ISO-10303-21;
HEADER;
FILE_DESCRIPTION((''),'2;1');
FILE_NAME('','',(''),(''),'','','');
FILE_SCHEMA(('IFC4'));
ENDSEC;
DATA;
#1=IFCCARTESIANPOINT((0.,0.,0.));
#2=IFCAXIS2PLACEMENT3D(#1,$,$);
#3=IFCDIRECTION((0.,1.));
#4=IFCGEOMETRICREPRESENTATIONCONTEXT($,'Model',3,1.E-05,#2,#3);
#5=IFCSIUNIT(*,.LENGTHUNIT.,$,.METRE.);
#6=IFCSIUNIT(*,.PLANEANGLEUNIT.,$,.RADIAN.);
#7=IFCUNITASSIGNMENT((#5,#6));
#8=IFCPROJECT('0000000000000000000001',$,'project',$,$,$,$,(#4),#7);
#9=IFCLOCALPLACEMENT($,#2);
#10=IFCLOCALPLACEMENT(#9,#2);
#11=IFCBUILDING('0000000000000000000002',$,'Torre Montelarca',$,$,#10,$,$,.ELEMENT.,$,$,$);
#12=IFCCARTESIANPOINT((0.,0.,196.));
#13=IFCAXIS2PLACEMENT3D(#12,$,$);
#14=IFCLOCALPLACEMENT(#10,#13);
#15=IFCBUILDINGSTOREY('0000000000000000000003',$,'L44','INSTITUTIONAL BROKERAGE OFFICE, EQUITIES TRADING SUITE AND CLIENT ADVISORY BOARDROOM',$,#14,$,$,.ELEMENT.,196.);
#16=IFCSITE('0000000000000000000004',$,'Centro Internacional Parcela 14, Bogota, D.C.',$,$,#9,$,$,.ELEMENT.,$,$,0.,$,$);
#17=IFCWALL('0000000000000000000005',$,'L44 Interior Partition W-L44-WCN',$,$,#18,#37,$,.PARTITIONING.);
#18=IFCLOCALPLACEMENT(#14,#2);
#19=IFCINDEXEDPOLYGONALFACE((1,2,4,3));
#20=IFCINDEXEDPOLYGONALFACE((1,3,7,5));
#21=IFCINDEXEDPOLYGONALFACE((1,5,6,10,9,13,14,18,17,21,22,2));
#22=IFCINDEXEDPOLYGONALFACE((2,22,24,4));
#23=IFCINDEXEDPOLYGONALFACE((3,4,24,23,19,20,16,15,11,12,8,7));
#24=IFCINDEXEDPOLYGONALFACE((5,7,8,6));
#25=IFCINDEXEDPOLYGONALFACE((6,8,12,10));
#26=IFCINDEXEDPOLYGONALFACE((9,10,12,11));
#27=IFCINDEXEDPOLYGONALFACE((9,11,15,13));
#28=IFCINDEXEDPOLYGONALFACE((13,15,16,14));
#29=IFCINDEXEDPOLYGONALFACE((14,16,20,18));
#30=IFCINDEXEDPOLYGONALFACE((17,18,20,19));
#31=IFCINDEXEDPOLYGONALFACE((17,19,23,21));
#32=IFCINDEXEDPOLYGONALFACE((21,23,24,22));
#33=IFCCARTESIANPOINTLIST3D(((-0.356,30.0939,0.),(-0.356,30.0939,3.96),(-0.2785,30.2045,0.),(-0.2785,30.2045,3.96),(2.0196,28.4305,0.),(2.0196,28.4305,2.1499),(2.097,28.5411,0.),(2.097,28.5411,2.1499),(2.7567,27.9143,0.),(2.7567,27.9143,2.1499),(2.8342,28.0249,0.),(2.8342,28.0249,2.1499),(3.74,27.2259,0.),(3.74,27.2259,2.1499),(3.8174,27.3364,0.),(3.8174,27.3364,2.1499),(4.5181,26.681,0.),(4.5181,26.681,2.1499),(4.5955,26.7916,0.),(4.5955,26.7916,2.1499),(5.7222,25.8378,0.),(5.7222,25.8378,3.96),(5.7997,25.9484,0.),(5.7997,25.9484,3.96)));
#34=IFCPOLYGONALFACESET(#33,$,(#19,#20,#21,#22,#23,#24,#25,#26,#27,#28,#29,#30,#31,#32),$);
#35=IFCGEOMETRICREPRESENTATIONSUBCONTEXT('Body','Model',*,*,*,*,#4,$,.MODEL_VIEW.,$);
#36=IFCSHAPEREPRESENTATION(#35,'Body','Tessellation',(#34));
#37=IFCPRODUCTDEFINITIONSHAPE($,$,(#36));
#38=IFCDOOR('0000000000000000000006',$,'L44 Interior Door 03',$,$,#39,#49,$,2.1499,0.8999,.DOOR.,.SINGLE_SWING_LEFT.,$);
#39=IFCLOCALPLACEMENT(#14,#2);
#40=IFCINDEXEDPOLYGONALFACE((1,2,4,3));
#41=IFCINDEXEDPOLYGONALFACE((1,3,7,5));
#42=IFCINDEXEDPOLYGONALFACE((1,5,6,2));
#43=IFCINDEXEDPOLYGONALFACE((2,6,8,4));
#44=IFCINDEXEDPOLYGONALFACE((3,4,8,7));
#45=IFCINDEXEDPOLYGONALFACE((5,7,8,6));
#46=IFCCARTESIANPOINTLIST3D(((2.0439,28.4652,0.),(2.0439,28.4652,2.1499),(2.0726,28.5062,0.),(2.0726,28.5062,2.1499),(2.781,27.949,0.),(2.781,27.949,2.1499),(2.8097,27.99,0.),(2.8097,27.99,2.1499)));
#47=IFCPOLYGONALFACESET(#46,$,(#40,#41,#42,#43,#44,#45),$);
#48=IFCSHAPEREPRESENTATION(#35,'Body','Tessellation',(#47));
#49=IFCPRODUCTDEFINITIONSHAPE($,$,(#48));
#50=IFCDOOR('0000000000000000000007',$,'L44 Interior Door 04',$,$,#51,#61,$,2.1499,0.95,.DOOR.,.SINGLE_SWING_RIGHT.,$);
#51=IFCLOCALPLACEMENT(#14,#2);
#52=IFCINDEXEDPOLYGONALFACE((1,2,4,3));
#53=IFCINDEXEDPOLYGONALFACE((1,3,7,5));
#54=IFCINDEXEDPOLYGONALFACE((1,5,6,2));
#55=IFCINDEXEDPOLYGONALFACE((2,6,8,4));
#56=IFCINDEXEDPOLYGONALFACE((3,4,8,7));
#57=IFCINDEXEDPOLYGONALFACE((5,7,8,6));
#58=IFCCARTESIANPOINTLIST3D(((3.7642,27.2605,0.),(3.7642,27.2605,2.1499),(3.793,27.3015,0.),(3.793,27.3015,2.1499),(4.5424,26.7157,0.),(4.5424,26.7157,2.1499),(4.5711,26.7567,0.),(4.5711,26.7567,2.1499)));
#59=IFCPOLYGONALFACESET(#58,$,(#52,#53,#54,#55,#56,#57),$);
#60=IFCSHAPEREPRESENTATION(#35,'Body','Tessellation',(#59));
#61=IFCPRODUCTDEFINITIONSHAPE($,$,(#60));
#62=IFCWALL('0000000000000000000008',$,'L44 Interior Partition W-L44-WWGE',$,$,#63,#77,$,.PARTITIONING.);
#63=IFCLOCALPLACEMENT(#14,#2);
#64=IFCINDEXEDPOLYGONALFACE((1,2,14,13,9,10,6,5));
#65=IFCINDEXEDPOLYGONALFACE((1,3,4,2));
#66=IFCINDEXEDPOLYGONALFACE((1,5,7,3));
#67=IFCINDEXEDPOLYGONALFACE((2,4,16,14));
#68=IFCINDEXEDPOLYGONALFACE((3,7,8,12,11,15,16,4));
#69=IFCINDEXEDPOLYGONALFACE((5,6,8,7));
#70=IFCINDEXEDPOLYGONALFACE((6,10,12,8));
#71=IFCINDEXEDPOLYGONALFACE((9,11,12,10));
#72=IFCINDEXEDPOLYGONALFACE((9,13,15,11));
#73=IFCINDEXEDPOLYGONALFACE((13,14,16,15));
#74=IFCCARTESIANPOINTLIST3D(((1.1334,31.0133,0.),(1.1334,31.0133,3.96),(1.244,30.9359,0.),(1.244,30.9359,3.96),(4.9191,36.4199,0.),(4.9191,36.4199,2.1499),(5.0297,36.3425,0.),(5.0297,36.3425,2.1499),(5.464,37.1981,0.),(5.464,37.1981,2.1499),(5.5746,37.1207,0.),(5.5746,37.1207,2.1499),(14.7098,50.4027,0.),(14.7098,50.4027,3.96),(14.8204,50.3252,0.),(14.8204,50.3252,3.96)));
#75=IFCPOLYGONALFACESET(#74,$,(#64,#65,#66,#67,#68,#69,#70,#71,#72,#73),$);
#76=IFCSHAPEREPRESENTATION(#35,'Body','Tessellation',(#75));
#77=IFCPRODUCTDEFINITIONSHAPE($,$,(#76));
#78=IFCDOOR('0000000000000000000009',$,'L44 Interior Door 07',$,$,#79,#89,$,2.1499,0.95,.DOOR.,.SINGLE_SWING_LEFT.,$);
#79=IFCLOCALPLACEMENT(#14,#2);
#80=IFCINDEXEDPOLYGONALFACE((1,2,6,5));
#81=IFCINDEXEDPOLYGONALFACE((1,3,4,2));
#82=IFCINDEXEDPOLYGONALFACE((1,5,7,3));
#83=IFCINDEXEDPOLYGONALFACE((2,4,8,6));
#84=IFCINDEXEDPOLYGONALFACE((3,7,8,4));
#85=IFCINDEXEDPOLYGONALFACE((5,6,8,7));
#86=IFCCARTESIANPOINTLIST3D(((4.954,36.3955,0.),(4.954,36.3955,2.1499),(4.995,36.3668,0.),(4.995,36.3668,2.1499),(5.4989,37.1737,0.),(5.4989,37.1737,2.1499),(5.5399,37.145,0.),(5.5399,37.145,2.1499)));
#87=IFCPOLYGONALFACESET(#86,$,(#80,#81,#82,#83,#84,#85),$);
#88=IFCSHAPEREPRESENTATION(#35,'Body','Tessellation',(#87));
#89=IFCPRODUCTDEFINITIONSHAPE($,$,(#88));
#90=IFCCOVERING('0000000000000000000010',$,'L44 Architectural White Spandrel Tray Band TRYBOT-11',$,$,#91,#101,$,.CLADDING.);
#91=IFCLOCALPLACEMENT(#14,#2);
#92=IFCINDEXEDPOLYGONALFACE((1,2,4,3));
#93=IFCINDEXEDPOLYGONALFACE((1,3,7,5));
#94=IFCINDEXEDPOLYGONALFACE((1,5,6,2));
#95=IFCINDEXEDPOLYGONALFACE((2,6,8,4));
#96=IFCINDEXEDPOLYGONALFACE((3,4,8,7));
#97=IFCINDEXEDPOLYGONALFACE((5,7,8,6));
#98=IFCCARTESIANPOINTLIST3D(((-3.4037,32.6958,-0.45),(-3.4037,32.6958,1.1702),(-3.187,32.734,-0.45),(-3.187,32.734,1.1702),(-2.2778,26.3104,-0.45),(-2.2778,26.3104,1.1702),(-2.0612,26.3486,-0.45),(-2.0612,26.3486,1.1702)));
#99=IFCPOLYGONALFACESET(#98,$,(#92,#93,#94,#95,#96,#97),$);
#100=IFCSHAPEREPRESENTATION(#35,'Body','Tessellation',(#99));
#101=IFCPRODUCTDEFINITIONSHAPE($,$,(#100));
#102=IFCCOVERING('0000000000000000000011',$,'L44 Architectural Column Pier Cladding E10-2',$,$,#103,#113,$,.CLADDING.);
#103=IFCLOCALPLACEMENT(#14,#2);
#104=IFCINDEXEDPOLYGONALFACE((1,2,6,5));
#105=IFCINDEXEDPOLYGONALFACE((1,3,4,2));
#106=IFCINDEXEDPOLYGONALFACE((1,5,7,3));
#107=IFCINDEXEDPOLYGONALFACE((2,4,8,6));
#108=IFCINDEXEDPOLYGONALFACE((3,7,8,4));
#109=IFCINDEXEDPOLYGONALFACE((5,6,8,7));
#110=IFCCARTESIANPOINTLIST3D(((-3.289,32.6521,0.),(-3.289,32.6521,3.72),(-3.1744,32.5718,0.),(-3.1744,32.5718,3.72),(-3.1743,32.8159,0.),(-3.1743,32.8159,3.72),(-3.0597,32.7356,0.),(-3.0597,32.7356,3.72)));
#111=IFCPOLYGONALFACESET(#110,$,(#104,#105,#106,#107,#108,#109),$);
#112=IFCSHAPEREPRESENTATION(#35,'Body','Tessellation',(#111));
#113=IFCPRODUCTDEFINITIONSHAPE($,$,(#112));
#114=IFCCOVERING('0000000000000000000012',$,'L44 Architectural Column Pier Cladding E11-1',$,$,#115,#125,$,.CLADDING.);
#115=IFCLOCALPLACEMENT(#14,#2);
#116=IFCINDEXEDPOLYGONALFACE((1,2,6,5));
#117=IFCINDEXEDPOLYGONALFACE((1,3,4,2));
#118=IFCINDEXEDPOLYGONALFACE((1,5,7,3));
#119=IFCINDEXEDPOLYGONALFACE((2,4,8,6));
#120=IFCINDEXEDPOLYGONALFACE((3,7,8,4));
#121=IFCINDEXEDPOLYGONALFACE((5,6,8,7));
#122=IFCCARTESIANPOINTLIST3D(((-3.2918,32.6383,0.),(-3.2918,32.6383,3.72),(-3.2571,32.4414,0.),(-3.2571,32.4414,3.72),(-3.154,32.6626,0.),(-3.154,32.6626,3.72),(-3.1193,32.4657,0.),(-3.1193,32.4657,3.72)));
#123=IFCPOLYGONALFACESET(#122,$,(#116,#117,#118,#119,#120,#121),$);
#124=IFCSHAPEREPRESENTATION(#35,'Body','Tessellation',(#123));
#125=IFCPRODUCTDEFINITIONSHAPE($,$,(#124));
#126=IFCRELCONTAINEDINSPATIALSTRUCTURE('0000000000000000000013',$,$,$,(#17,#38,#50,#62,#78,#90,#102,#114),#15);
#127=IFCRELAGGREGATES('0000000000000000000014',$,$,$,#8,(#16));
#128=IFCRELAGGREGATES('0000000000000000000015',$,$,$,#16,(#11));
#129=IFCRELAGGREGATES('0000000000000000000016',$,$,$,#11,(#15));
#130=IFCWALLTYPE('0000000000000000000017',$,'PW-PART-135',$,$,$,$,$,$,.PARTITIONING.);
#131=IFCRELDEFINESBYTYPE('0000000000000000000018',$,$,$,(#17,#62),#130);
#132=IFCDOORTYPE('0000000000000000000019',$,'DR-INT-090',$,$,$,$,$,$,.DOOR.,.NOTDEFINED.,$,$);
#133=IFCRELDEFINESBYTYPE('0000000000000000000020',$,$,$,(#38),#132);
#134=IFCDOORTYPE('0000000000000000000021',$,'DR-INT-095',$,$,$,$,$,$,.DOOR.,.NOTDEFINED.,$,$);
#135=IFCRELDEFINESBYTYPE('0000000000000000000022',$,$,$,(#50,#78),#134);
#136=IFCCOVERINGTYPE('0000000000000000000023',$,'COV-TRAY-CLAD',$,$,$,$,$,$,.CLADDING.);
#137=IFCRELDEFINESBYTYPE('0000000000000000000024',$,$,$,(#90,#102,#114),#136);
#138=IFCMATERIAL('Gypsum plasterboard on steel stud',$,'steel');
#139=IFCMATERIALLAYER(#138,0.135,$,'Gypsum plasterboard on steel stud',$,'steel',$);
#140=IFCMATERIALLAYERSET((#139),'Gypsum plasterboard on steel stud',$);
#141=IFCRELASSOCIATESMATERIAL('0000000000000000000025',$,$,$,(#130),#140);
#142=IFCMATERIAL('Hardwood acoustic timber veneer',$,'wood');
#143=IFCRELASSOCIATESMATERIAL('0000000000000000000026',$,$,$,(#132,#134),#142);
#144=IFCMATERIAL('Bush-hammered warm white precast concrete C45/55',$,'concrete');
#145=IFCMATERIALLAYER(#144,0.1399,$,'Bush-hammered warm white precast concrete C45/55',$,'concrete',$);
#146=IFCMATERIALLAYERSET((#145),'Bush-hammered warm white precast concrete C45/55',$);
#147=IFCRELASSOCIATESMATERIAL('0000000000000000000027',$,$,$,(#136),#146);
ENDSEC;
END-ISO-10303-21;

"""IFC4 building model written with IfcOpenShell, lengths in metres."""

from ifc_helpers import new_model, si_unit, direction, frame, frame_2d, origin, origin_2d, place, context, subcontext, project, spatial, rectangle, extrude, source, transform, mapped, material, layer, layer_set, type_object, element, fill, save


model = new_model("IFC4")

# Units and contexts
model_context = context("Model", 3, precision=1e-05, world=origin(), true_north=direction((0.0, 1.0)))
body_context = subcontext(model_context, "Body", "Model", "MODEL_VIEW")
ifc_project = project(units=[si_unit("LENGTHUNIT", "METRE"), si_unit("PLANEANGLEUNIT", "RADIAN")], contexts=[model_context])

# Site, building, storey
site_placement = place(None, origin())
site = spatial("IfcSite", under=ifc_project, at=site_placement, Name="Centro Internacional Parcela 14, Bogota, D.C.", CompositionType="ELEMENT", RefElevation=0.0)
building_placement = place(site_placement, origin())
building = spatial("IfcBuilding", under=site, at=building_placement, Name="Torre Montelarca", CompositionType="ELEMENT")
storey_placement = place(building_placement, frame((0.0, 0.0, 196.0)))
storey = spatial("IfcBuildingStorey", under=building, at=storey_placement, Name="L44", Description="INSTITUTIONAL BROKERAGE OFFICE, EQUITIES TRADING SUITE AND CLIENT ADVISORY BOARDROOM", CompositionType="ELEMENT", Elevation=196.0)

# Shared definitions
ifc_material_1 = material(Name="Gypsum plasterboard on steel stud", Category="steel")

# Wall, openings, doors
ifc_layer_1 = layer(ifc_material_1, 0.135, Name="Gypsum plasterboard on steel stud", Category="steel")
ifc_layer_set_1 = layer_set([ifc_layer_1], Name="Gypsum plasterboard on steel stud")
wall_type_1 = type_object("IfcWallType", Name="PW-PART-135", PredefinedType="PARTITIONING", material=ifc_layer_set_1)
wall_1_placement = place(storey_placement, frame((-0.3171, 30.1492, 0.0), z_axis=(0.0, 0.0, 1.0), x_axis=(0.819142, -0.57359, 0.0)))
wall_1 = element("IfcWall", 1, at=wall_1_placement, inside=storey, type_object=wall_type_1, Name="L44 Interior Partition W-L44-WCN", PredefinedType="PARTITIONING", context=body_context, shape_type="SweptSolid", body=[
    extrude(rectangle(XDim=7.4202, YDim=0.135, at=frame_2d((3.71, 0.0))), origin(), (0.0, 0.0, 1.0), 3.96),
])
opening_1_placement = place(wall_1_placement, frame((2.8999, 0.0, 0.0)))
opening_1 = element("IfcOpeningElement", 2, at=opening_1_placement, cuts=wall_1, PredefinedType="OPENING", context=body_context, shape_type="SweptSolid", body=[
    extrude(rectangle(XDim=0.8999, YDim=2.1499, at=frame_2d((0.45, 1.075))), frame((0.0, 0.0776, 0.0), z_axis=(0.0, -1.0, 0.0), x_axis=(1.0, 0.0, 0.0)), (0.0, 0.0, 1.0), 0.155),
])
opening_2_placement = place(wall_1_placement, frame((5.0, 0.0, 0.0)))
opening_2 = element("IfcOpeningElement", 3, at=opening_2_placement, cuts=wall_1, PredefinedType="OPENING", context=body_context, shape_type="SweptSolid", body=[
    extrude(rectangle(XDim=0.95, YDim=2.1499, at=frame_2d((0.4751, 1.075))), frame((0.0, 0.0776, 0.0), z_axis=(0.0, -1.0, 0.0), x_axis=(1.0, 0.0, 0.0)), (0.0, 0.0, 1.0), 0.155),
])
ifc_material_2 = material(Name="Hardwood acoustic timber veneer", Category="wood")
door_type_1 = type_object("IfcDoorType", Name="DR-INT-090", OperationType="NOTDEFINED", PredefinedType="DOOR", material=ifc_material_2)
shared_shape_1 = source(origin(), body_context, "Body", "SweptSolid", [
    extrude(rectangle(XDim=0.8999, YDim=2.1499, at=frame_2d((0.45, 1.075))), frame((0.0, 0.0249, 0.0), z_axis=(0.0, -1.0, 0.0), x_axis=(1.0, 0.0, 0.0)), (0.0, 0.0, 1.0), 0.05),
])
door_1_placement = place(opening_1_placement, origin())
door_1 = element("IfcDoor", 4, at=door_1_placement, inside=storey, type_object=door_type_1, Name="L44 Interior Door 03", OperationType="SINGLE_SWING_LEFT", OverallHeight=2.1499, OverallWidth=0.8999, PredefinedType="DOOR", context=body_context, shape_type="MappedRepresentation", body=[
    mapped(shared_shape_1, transform((0.0, 0.0, 0.0), scale=1.0)),
])
fill(opening_1, door_1)
door_type_2 = type_object("IfcDoorType", Name="DR-INT-095", OperationType="NOTDEFINED", PredefinedType="DOOR", material=ifc_material_2)
shared_shape_2 = source(origin(), body_context, "Body", "SweptSolid", [
    extrude(rectangle(XDim=0.95, YDim=2.1499, at=frame_2d((0.4751, 1.075))), frame((0.0, 0.0249, 0.0), z_axis=(0.0, -1.0, 0.0), x_axis=(1.0, 0.0, 0.0)), (0.0, 0.0, 1.0), 0.05),
])
door_2_placement = place(opening_2_placement, origin())
door_2 = element("IfcDoor", 5, at=door_2_placement, inside=storey, type_object=door_type_2, Name="L44 Interior Door 04", OperationType="SINGLE_SWING_RIGHT", OverallHeight=2.1499, OverallWidth=0.95, PredefinedType="DOOR", context=body_context, shape_type="MappedRepresentation", body=[
    mapped(shared_shape_2, transform((0.0, 0.0, 0.0), scale=1.0)),
])
fill(opening_2, door_2)

# Wall, opening, door
wall_2_placement = place(storey_placement, frame((1.1887, 30.9746, 0.0), z_axis=(0.0, 0.0, 1.0), x_axis=(0.573571, 0.819156, 0.0)))
wall_2 = element("IfcWall", 6, at=wall_2_placement, inside=storey, type_object=wall_type_1, Name="L44 Interior Partition W-L44-WWGE", PredefinedType="PARTITIONING", context=body_context, shape_type="SweptSolid", body=[
    extrude(rectangle(XDim=23.6699, YDim=0.135, at=frame_2d((11.835, 0.0))), origin(), (0.0, 0.0, 1.0), 3.96),
])
opening_3_placement = place(wall_2_placement, frame((6.6001, 0.0, 0.0)))
opening_3 = element("IfcOpeningElement", 7, at=opening_3_placement, cuts=wall_2, PredefinedType="OPENING", context=body_context, shape_type="SweptSolid", body=[
    extrude(rectangle(XDim=0.95, YDim=2.1499, at=frame_2d((0.4751, 1.075))), frame((0.0, 0.0776, 0.0), z_axis=(0.0, -1.0, 0.0), x_axis=(1.0, 0.0, 0.0)), (0.0, 0.0, 1.0), 0.155),
])
door_3_placement = place(opening_3_placement, origin())
door_3 = element("IfcDoor", 8, at=door_3_placement, inside=storey, type_object=door_type_2, Name="L44 Interior Door 07", OperationType="SINGLE_SWING_LEFT", OverallHeight=2.1499, OverallWidth=0.95, PredefinedType="DOOR", context=body_context, shape_type="MappedRepresentation", body=[
    mapped(shared_shape_2, transform((0.0, 0.0, 0.0), scale=1.0)),
])
fill(opening_3, door_3)

# Coverings
ifc_material_3 = material(Name="Bush-hammered warm white precast concrete C45/55", Category="concrete")
ifc_layer_2 = layer(ifc_material_3, 0.1399, Name="Bush-hammered warm white precast concrete C45/55", Category="concrete")
ifc_layer_set_2 = layer_set([ifc_layer_2], Name="Bush-hammered warm white precast concrete C45/55")
covering_type = type_object("IfcCoveringType", Name="COV-TRAY-CLAD", PredefinedType="CLADDING", material=ifc_layer_set_2)
shared_shape_3 = source(origin(), body_context, "Body", "SweptSolid", [
    extrude(rectangle(XDim=6.4839, YDim=0.22, at=origin_2d()), origin(), (0.0, 0.0, 1.0), 1.6201),
])
covering_placement = place(storey_placement, frame((-2.7324, 29.5222, -0.45), z_axis=(0.0, 0.0, 1.0), x_axis=(0.173636, -0.98481, 0.0)))
element("IfcCovering", 9, at=covering_placement, inside=storey, type_object=covering_type, Name="L44 Architectural White Spandrel Tray Band TRYBOT-11", PredefinedType="CLADDING", context=body_context, shape_type="MappedRepresentation", body=[
    mapped(shared_shape_3, transform((0.0, 0.0, 0.0), scale=1.0)),
])
shared_shape_4 = source(origin(), body_context, "Body", "SweptSolid", [
    extrude(rectangle(XDim=0.2, YDim=0.1399, at=origin_2d()), origin(), (0.0, 0.0, 1.0), 3.72),
])
for number, where, z_axis, x_axis, name in (
    (10, (-3.1743, 32.6938, 0.0), (0.0, 0.0, 1.0), (-0.573572, -0.819155, 0.0), "L44 Architectural Column Pier Cladding E10-2"),
    (11, (-3.2056, 32.552, 0.0), (0.0, 0.0, 1.0), (0.173631, -0.984811, 0.0), "L44 Architectural Column Pier Cladding E11-1"),
):
    element("IfcCovering", number, at=place(storey_placement, frame(where, z_axis=z_axis, x_axis=x_axis)), inside=storey, type_object=covering_type, Name=name, PredefinedType="CLADDING", context=body_context, shape_type="MappedRepresentation", body=[
        mapped(shared_shape_4, transform((0.0, 0.0, 0.0), scale=1.0)),
    ])

save(model, "model.ifc")
